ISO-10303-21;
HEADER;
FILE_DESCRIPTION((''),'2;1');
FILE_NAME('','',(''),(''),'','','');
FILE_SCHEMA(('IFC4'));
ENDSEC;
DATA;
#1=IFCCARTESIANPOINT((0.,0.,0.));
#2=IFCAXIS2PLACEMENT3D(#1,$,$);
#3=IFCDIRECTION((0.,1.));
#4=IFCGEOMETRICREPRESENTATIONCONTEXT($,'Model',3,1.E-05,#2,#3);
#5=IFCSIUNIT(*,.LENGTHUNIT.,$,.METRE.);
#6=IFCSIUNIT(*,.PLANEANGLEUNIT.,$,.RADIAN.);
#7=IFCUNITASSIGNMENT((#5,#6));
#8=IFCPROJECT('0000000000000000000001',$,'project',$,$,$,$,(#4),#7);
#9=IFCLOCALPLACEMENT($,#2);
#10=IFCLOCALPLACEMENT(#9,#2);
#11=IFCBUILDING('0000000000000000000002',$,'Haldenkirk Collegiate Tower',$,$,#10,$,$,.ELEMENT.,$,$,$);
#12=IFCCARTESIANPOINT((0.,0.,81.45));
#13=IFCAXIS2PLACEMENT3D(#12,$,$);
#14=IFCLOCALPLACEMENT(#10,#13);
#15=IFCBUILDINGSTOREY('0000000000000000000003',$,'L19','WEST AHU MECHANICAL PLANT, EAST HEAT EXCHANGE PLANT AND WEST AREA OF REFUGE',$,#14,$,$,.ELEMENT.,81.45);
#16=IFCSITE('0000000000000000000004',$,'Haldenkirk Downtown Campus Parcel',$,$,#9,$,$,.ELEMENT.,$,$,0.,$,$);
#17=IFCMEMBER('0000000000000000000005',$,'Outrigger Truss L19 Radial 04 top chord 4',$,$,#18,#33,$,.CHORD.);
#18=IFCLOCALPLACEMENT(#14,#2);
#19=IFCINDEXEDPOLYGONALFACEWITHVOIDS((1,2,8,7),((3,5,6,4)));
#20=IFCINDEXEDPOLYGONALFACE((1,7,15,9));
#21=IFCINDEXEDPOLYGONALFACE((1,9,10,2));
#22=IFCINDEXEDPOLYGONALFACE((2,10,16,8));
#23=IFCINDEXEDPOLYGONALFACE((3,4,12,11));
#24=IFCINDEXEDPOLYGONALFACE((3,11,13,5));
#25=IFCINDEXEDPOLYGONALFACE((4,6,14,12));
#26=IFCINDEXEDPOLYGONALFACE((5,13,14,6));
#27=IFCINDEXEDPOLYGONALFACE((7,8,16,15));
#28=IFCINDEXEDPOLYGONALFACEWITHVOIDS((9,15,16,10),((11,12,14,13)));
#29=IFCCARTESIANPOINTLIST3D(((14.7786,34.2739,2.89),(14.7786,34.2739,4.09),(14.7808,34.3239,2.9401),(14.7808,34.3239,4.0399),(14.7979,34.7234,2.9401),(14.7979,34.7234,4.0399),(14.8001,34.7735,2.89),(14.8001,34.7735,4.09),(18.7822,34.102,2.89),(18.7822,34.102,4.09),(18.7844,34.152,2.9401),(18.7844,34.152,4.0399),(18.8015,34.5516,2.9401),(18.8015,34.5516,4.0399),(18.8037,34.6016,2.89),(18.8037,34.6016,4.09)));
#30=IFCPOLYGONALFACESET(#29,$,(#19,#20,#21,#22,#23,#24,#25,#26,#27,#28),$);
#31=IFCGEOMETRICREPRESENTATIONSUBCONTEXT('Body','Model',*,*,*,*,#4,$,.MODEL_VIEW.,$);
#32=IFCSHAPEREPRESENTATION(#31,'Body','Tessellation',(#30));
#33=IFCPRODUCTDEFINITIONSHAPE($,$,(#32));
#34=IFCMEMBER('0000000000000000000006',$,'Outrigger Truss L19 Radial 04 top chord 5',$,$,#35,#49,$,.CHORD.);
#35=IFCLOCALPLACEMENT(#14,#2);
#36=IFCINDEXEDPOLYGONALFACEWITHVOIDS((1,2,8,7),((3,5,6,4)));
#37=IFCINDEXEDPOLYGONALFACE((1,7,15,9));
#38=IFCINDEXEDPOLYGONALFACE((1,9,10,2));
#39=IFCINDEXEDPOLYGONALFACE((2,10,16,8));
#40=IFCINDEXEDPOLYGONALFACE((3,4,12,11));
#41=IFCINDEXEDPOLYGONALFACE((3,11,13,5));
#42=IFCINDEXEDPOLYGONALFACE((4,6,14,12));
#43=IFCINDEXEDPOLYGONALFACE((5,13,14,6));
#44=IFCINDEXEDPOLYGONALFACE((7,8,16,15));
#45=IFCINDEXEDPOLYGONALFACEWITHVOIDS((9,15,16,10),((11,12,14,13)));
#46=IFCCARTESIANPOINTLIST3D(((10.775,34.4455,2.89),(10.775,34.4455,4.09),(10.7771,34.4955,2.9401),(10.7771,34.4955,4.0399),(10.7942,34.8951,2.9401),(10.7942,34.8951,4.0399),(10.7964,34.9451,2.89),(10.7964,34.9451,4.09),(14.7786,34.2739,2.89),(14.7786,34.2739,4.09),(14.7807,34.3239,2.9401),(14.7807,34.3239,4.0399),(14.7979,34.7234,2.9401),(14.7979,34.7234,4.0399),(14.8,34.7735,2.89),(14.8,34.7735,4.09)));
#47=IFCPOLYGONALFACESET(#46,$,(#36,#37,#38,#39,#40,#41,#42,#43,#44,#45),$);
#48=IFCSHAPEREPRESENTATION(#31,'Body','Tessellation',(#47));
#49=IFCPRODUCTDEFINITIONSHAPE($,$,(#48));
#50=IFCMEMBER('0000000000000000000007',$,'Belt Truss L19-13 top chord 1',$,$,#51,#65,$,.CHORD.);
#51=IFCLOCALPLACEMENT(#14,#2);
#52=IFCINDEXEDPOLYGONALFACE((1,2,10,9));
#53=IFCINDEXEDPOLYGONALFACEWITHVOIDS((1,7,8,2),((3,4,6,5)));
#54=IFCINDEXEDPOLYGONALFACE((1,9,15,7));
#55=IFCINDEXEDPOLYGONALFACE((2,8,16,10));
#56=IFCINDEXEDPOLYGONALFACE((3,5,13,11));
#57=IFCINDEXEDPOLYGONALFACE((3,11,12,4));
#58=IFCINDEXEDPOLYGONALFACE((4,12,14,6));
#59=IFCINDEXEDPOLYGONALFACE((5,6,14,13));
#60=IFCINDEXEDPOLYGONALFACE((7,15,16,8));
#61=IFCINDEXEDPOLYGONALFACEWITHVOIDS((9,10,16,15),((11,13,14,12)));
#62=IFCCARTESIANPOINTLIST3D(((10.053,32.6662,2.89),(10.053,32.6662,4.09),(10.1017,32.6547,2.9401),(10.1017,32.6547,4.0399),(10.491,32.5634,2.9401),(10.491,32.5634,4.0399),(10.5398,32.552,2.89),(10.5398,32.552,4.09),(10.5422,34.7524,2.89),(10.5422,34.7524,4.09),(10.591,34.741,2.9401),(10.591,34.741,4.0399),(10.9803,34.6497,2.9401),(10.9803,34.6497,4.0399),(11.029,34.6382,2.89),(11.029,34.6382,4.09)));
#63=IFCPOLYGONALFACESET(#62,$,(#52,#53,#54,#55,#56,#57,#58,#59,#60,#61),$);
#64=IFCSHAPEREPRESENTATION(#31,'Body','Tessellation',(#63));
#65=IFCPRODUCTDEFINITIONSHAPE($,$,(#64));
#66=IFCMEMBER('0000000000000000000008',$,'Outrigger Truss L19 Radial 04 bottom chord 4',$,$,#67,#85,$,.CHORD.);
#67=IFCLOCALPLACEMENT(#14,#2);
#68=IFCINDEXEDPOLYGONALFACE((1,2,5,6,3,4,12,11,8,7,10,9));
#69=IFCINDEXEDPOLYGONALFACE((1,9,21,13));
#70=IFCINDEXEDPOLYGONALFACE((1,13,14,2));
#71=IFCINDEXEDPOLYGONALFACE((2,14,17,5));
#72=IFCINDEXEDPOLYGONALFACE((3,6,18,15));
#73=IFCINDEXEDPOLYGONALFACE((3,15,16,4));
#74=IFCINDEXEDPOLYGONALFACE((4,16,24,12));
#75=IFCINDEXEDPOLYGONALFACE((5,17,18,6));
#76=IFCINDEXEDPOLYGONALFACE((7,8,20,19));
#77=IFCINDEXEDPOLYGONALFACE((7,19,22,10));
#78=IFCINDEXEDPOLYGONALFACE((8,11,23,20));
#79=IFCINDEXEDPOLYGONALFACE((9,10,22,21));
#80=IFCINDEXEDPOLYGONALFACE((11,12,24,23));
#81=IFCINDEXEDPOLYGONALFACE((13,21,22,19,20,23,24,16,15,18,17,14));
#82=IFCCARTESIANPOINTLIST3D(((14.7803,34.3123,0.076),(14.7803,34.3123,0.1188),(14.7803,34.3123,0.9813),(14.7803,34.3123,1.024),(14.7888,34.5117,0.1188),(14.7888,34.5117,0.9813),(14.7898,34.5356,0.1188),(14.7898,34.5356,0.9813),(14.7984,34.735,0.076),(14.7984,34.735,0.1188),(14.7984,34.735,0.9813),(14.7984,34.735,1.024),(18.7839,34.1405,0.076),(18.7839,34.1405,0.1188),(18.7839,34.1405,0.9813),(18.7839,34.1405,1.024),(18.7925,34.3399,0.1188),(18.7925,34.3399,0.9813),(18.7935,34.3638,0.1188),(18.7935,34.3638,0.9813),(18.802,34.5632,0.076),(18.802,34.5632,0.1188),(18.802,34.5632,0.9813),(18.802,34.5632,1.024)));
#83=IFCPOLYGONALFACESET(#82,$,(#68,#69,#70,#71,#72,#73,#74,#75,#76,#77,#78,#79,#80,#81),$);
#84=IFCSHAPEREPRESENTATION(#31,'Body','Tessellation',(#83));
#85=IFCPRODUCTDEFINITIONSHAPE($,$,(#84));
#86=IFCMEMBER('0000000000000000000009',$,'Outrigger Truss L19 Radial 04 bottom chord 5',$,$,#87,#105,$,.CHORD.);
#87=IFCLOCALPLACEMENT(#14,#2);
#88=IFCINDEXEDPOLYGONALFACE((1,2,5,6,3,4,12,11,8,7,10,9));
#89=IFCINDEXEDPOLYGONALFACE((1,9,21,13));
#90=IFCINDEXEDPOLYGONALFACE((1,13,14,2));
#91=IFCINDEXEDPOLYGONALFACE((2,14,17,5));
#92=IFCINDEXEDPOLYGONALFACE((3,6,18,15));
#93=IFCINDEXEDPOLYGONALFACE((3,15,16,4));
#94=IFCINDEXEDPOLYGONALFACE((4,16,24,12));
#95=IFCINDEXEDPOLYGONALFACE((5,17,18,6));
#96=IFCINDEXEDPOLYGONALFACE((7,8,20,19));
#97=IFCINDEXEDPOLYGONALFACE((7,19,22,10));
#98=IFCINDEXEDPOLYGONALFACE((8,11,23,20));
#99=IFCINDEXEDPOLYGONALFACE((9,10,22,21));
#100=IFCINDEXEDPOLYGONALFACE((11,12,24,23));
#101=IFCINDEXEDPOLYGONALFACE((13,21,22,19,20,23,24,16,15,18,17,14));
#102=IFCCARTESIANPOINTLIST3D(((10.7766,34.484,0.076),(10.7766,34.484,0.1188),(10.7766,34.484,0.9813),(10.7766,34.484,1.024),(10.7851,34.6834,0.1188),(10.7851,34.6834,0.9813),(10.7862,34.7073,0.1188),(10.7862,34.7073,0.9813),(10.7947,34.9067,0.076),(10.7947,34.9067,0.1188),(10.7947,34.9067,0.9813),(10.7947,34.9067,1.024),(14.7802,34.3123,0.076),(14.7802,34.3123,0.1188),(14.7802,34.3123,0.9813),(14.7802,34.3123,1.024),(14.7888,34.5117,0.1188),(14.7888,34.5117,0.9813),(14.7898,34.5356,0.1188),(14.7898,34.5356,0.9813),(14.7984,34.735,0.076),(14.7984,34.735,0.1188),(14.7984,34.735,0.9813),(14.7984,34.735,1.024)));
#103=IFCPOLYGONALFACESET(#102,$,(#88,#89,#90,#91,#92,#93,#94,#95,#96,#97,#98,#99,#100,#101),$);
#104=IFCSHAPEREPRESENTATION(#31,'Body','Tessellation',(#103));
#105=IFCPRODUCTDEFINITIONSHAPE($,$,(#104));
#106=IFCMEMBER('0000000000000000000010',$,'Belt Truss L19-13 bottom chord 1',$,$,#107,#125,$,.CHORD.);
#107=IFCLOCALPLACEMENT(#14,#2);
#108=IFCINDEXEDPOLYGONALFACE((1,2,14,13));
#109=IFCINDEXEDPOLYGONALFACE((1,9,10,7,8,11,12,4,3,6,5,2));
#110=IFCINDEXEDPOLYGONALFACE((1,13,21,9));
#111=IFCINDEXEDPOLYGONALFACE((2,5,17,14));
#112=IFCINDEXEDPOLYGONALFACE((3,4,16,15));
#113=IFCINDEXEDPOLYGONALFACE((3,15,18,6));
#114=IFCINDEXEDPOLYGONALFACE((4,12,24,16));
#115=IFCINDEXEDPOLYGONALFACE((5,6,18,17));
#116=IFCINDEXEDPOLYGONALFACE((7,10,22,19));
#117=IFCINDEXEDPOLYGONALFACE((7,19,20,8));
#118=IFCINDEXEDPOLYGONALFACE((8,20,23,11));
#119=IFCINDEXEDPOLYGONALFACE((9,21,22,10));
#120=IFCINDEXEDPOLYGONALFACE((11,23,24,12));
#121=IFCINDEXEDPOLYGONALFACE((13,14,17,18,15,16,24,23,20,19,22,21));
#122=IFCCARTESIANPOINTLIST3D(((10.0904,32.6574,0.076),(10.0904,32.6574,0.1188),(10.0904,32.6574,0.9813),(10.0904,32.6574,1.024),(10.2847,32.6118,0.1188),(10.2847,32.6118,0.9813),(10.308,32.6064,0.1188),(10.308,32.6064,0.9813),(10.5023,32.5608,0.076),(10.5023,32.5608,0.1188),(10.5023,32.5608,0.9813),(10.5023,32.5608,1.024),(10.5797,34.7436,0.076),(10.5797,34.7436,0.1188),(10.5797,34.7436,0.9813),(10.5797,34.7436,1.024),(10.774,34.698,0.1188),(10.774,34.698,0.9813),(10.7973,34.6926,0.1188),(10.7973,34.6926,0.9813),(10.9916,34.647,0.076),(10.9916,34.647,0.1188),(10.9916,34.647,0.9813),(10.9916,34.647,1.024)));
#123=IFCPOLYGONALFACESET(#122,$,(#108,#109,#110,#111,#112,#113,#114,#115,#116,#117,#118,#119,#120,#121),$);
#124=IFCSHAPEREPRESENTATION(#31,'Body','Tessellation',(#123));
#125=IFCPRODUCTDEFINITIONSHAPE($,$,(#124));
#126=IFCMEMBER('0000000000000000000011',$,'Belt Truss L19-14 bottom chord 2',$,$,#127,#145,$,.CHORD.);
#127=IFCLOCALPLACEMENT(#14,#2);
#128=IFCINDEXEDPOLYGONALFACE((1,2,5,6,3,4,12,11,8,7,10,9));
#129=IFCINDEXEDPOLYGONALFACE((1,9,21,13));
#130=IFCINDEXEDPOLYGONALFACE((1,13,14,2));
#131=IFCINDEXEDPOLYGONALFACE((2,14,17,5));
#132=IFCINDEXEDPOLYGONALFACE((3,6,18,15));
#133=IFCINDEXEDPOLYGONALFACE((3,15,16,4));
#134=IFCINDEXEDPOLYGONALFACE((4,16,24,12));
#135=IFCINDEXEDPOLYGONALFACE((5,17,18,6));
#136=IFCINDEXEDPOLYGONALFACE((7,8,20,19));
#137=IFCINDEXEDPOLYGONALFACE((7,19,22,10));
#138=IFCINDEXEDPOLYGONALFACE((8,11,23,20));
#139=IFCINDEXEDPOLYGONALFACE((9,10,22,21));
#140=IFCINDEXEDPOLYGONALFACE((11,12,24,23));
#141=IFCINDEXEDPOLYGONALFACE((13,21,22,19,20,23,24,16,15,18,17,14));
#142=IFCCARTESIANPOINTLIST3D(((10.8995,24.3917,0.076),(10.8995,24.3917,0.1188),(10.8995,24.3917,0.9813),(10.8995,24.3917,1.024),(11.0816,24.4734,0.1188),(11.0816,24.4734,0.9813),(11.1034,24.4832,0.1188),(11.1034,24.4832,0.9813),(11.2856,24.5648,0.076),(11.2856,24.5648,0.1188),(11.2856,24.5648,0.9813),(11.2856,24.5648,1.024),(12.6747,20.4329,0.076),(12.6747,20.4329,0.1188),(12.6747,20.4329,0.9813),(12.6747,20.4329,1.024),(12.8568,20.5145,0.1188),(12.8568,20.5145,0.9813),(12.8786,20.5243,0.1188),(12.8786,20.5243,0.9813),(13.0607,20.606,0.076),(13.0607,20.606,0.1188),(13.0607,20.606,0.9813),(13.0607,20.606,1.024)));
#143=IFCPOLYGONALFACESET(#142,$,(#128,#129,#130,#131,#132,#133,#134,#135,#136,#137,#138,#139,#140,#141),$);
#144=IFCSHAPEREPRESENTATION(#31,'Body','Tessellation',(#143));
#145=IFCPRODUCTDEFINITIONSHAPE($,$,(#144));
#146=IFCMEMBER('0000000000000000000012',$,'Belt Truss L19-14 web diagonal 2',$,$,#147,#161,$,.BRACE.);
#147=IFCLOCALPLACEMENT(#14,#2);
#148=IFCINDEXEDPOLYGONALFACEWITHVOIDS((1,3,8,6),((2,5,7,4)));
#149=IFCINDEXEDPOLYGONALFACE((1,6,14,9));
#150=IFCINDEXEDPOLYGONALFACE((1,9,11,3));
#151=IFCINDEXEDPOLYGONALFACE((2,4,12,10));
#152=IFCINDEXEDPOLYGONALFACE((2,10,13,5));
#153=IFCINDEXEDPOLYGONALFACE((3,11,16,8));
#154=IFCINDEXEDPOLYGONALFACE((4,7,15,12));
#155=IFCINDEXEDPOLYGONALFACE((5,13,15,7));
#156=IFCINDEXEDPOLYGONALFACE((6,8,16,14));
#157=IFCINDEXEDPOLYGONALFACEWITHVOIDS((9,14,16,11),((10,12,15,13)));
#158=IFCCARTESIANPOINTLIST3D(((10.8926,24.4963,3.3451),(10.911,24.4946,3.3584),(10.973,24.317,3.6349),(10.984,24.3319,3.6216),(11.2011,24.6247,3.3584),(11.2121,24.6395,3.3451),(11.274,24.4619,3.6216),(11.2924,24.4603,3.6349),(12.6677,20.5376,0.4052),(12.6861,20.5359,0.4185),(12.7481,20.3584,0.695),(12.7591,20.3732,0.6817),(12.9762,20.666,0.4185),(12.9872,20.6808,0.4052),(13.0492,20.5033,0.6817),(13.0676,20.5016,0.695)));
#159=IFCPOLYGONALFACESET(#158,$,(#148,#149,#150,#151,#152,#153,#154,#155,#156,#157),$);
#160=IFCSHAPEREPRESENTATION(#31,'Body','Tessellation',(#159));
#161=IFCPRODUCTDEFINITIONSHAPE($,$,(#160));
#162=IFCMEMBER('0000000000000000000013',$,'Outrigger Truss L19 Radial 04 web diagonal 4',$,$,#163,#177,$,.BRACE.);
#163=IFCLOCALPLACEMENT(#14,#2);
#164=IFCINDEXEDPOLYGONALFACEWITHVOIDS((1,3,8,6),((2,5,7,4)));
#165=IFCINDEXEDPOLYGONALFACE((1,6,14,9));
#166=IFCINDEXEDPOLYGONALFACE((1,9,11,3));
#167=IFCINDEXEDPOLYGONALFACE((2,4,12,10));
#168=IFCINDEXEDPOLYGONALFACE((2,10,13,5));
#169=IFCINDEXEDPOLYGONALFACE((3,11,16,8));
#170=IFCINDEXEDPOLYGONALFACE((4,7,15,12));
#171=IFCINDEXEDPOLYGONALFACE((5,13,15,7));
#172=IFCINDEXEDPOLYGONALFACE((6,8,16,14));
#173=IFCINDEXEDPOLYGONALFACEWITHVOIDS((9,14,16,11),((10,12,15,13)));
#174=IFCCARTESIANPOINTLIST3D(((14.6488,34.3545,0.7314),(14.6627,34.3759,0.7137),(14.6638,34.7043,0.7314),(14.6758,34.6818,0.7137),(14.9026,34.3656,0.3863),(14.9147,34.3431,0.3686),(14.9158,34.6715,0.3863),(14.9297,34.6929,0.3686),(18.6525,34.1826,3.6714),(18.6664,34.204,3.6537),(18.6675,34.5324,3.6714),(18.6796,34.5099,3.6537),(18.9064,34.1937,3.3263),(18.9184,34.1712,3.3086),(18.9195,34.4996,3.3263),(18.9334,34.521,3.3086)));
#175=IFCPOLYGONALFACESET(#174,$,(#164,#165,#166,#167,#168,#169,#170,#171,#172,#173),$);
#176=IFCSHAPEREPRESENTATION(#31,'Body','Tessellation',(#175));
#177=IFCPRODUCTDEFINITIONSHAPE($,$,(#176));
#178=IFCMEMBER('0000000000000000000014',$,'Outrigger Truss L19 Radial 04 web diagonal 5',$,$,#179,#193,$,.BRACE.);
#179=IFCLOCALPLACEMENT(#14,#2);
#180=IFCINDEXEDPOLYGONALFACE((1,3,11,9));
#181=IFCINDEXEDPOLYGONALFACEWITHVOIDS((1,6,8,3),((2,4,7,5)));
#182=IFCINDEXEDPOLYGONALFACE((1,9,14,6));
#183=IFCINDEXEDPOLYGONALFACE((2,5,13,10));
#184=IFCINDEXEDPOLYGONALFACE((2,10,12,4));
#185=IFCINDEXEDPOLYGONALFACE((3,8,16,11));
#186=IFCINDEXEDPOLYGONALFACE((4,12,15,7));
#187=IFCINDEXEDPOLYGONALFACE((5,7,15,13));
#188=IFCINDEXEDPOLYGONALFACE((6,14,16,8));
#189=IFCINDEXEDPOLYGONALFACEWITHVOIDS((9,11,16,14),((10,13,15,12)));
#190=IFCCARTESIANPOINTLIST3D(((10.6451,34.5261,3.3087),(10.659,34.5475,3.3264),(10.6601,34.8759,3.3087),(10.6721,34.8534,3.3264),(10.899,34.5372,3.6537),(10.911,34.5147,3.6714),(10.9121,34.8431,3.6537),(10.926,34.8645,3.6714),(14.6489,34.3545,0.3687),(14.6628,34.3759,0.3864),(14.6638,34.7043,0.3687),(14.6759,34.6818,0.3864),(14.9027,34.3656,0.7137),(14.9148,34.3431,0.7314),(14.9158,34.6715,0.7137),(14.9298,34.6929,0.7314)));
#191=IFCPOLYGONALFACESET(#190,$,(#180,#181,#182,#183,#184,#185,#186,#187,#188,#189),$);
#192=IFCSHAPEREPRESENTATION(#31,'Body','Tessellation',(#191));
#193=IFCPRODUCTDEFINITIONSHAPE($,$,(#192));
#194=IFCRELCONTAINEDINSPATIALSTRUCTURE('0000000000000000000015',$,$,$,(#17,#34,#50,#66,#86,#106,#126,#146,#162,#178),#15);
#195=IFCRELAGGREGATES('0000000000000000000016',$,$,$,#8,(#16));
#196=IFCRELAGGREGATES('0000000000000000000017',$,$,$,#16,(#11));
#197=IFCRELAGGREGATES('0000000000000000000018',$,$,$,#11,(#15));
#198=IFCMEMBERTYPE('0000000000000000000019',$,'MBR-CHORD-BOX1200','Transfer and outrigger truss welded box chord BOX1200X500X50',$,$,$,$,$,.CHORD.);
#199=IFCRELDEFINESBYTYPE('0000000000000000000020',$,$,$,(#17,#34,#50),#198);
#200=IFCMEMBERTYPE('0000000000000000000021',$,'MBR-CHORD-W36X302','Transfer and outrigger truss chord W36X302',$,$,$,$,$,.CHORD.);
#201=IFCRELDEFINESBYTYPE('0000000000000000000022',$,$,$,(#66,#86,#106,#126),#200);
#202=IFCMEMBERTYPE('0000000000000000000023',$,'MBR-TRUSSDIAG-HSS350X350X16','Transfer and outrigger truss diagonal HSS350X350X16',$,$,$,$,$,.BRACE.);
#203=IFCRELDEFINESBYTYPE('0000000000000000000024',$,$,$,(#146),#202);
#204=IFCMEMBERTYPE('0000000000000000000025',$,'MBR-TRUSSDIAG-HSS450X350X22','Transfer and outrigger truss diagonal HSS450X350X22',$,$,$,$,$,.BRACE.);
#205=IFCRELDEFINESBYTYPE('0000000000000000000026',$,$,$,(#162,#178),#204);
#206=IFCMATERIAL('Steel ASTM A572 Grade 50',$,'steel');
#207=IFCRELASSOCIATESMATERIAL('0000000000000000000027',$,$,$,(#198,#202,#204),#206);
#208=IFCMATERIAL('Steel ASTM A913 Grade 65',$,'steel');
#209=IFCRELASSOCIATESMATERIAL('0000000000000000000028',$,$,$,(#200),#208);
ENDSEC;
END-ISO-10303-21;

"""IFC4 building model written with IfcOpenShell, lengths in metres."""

from ifc_helpers import new_model, si_unit, direction, frame, origin, origin_2d, place, context, subcontext, project, spatial, hollow_rectangle, i_section, extrude, material, material_profile, profile_set, type_object, element, save


model = new_model("IFC4")

# Units and contexts
model_context = context("Model", 3, precision=1e-05, world=origin(), true_north=direction((0.0, 1.0)))
body_context = subcontext(model_context, "Body", "Model", "MODEL_VIEW")
ifc_project = project(units=[si_unit("LENGTHUNIT", "METRE"), si_unit("PLANEANGLEUNIT", "RADIAN")], contexts=[model_context])

# Site, building, storey
site_placement = place(None, origin())
site = spatial("IfcSite", under=ifc_project, at=site_placement, Name="Haldenkirk Downtown Campus Parcel", CompositionType="ELEMENT", RefElevation=0.0)
building_placement = place(site_placement, origin())
building = spatial("IfcBuilding", under=site, at=building_placement, Name="Haldenkirk Collegiate Tower", CompositionType="ELEMENT")
storey_placement = place(building_placement, frame((0.0, 0.0, 81.45)))
storey = spatial("IfcBuildingStorey", under=building, at=storey_placement, Name="L19", Description="WEST AHU MECHANICAL PLANT, EAST HEAT EXCHANGE PLANT AND WEST AREA OF REFUGE", CompositionType="ELEMENT", Elevation=81.45)

# Members
ifc_material_1 = material(Name="Steel ASTM A572 Grade 50", Category="steel")
ifc_material_profile_1 = material_profile(ifc_material_1, hollow_rectangle(XDim=0.5, YDim=1.2, WallThickness=0.05, at=origin_2d()), Name="BOX1200X500X50")
ifc_profile_set_1 = profile_set([ifc_material_profile_1], Name="Steel ASTM A572 Grade 50")
member_type_1 = type_object("IfcMemberType", Name="MBR-CHORD-BOX1200", Description="Transfer and outrigger truss welded box chord BOX1200X500X50", PredefinedType="CHORD", material=ifc_profile_set_1)
for number, where, z_axis, x_axis, name in (
    (1, (18.793, 34.3518, 3.49), (-0.99908, 0.04289, 0.0), (-0.04289, -0.99908, 0.0), "Outrigger Truss L19 Radial 04 top chord 4"),
    (2, (14.7893, 34.5237, 3.49), (-0.999082, 0.042829, 0.0), (-0.042829, -0.999082, 0.0), "Outrigger Truss L19 Radial 04 top chord 5"),
):
    element("IfcMember", number, at=place(storey_placement, frame(where, z_axis=z_axis, x_axis=x_axis)), inside=storey, type_object=member_type_1, Name=name, PredefinedType="CHORD", context=body_context, shape_type="SweptSolid", body=[
        extrude(hollow_rectangle(XDim=0.5, YDim=1.2, WallThickness=0.05, at=origin_2d()), origin(), (0.0, 0.0, 1.0), 4.0073),
    ])
member_1_placement = place(storey_placement, frame((10.7856, 34.6953, 3.49), z_axis=(-0.228328, -0.973584, 0.0), x_axis=(0.973584, -0.228328, 0.0)))
element("IfcMember", 3, at=member_1_placement, inside=storey, type_object=member_type_1, Name="Belt Truss L19-13 top chord 1", PredefinedType="CHORD", context=body_context, shape_type="SweptSolid", body=[
    extrude(hollow_rectangle(XDim=0.5, YDim=1.2, WallThickness=0.05, at=origin_2d()), origin(), (0.0, 0.0, 1.0), 2.1428),
])
ifc_material_2 = material(Name="Steel ASTM A913 Grade 65", Category="steel")
ifc_material_profile_2 = material_profile(ifc_material_2, i_section(OverallWidth=0.4231, OverallDepth=0.948, WebThickness=0.0239, FlangeThickness=0.0427, at=origin_2d()), Name="W36X302")
ifc_profile_set_2 = profile_set([ifc_material_profile_2], Name="Steel ASTM A913 Grade 65")
member_type_2 = type_object("IfcMemberType", Name="MBR-CHORD-W36X302", Description="Transfer and outrigger truss chord W36X302", PredefinedType="CHORD", material=ifc_profile_set_2)
for number, where, z_axis, x_axis, name in (
    (4, (18.793, 34.3518, 0.55), (-0.99908, 0.04289, 0.0), (-0.04289, -0.99908, 0.0), "Outrigger Truss L19 Radial 04 bottom chord 4"),
    (5, (14.7893, 34.5237, 0.55), (-0.999082, 0.042829, 0.0), (-0.042829, -0.999082, 0.0), "Outrigger Truss L19 Radial 04 bottom chord 5"),
):
    element("IfcMember", number, at=place(storey_placement, frame(where, z_axis=z_axis, x_axis=x_axis)), inside=storey, type_object=member_type_2, Name=name, PredefinedType="CHORD", context=body_context, shape_type="SweptSolid", body=[
        extrude(i_section(OverallWidth=0.4231, OverallDepth=0.948, WebThickness=0.0239, FlangeThickness=0.0427, at=origin_2d()), origin(), (0.0, 0.0, 1.0), 4.0073),
    ])
member_2_placement = place(storey_placement, frame((10.7856, 34.6953, 0.55), z_axis=(-0.228328, -0.973584, 0.0), x_axis=(0.973584, -0.228328, 0.0)))
element("IfcMember", 6, at=member_2_placement, inside=storey, type_object=member_type_2, Name="Belt Truss L19-13 bottom chord 1", PredefinedType="CHORD", context=body_context, shape_type="SweptSolid", body=[
    extrude(i_section(OverallWidth=0.4231, OverallDepth=0.948, WebThickness=0.0239, FlangeThickness=0.0427, at=origin_2d()), origin(), (0.0, 0.0, 1.0), 2.1428),
])
member_3_placement = place(storey_placement, frame((11.0925, 24.4783, 0.55), z_axis=(0.409159, -0.912463, 0.0), x_axis=(0.912463, 0.409159, 0.0)))
element("IfcMember", 7, at=member_3_placement, inside=storey, type_object=member_type_2, Name="Belt Truss L19-14 bottom chord 2", PredefinedType="CHORD", context=body_context, shape_type="SweptSolid", body=[
    extrude(i_section(OverallWidth=0.4231, OverallDepth=0.948, WebThickness=0.0239, FlangeThickness=0.0427, at=origin_2d()), origin(), (0.0, 0.0, 1.0), 4.3386),
])
ifc_material_profile_3 = material_profile(ifc_material_1, hollow_rectangle(XDim=0.3501, YDim=0.3501, WallThickness=0.0161, at=origin_2d()), Name="HSS350X350X16")
ifc_profile_set_3 = profile_set([ifc_material_profile_3], Name="Steel ASTM A572 Grade 50")
member_type_3 = type_object("IfcMemberType", Name="MBR-TRUSSDIAG-HSS350X350X16", Description="Transfer and outrigger truss diagonal HSS350X350X16", PredefinedType="BRACE", material=ifc_profile_set_3)
member_4_placement = place(storey_placement, frame((11.0925, 24.4783, 3.49), z_axis=(0.338716, -0.755369, -0.560971), x_axis=(0.912463, 0.409159, 0.0)))
element("IfcMember", 8, at=member_4_placement, inside=storey, type_object=member_type_3, Name="Belt Truss L19-14 web diagonal 2", PredefinedType="BRACE", context=body_context, shape_type="SweptSolid", body=[
    extrude(hollow_rectangle(XDim=0.3501, YDim=0.3501, WallThickness=0.0161, at=origin_2d()), origin(), (0.0, 0.0, 1.0), 5.2407),
])
ifc_material_profile_4 = material_profile(ifc_material_1, hollow_rectangle(XDim=0.3501, YDim=0.45, WallThickness=0.022, at=origin_2d()), Name="HSS450X350X22")
ifc_profile_set_4 = profile_set([ifc_material_profile_4], Name="Steel ASTM A572 Grade 50")
member_type_4 = type_object("IfcMemberType", Name="MBR-TRUSSDIAG-HSS450X350X22", Description="Transfer and outrigger truss diagonal HSS450X350X22", PredefinedType="BRACE", material=ifc_profile_set_4)
for number, where, z_axis, x_axis, name in (
    (9, (18.793, 34.3518, 3.49), (-0.805546, 0.034582, -0.591523), (-0.04289, -0.99908, 0.0), "Outrigger Truss L19 Radial 04 web diagonal 4"),
    (10, (14.7893, 34.5237, 0.55), (-0.805548, 0.034533, 0.591524), (-0.042829, -0.999082, 0.0), "Outrigger Truss L19 Radial 04 web diagonal 5"),
):
    element("IfcMember", number, at=place(storey_placement, frame(where, z_axis=z_axis, x_axis=x_axis)), inside=storey, type_object=member_type_4, Name=name, PredefinedType="BRACE", context=body_context, shape_type="SweptSolid", body=[
        extrude(hollow_rectangle(XDim=0.3501, YDim=0.45, WallThickness=0.022, at=origin_2d()), origin(), (0.0, 0.0, 1.0), 4.9702),
    ])

save(model, "model.ifc")
